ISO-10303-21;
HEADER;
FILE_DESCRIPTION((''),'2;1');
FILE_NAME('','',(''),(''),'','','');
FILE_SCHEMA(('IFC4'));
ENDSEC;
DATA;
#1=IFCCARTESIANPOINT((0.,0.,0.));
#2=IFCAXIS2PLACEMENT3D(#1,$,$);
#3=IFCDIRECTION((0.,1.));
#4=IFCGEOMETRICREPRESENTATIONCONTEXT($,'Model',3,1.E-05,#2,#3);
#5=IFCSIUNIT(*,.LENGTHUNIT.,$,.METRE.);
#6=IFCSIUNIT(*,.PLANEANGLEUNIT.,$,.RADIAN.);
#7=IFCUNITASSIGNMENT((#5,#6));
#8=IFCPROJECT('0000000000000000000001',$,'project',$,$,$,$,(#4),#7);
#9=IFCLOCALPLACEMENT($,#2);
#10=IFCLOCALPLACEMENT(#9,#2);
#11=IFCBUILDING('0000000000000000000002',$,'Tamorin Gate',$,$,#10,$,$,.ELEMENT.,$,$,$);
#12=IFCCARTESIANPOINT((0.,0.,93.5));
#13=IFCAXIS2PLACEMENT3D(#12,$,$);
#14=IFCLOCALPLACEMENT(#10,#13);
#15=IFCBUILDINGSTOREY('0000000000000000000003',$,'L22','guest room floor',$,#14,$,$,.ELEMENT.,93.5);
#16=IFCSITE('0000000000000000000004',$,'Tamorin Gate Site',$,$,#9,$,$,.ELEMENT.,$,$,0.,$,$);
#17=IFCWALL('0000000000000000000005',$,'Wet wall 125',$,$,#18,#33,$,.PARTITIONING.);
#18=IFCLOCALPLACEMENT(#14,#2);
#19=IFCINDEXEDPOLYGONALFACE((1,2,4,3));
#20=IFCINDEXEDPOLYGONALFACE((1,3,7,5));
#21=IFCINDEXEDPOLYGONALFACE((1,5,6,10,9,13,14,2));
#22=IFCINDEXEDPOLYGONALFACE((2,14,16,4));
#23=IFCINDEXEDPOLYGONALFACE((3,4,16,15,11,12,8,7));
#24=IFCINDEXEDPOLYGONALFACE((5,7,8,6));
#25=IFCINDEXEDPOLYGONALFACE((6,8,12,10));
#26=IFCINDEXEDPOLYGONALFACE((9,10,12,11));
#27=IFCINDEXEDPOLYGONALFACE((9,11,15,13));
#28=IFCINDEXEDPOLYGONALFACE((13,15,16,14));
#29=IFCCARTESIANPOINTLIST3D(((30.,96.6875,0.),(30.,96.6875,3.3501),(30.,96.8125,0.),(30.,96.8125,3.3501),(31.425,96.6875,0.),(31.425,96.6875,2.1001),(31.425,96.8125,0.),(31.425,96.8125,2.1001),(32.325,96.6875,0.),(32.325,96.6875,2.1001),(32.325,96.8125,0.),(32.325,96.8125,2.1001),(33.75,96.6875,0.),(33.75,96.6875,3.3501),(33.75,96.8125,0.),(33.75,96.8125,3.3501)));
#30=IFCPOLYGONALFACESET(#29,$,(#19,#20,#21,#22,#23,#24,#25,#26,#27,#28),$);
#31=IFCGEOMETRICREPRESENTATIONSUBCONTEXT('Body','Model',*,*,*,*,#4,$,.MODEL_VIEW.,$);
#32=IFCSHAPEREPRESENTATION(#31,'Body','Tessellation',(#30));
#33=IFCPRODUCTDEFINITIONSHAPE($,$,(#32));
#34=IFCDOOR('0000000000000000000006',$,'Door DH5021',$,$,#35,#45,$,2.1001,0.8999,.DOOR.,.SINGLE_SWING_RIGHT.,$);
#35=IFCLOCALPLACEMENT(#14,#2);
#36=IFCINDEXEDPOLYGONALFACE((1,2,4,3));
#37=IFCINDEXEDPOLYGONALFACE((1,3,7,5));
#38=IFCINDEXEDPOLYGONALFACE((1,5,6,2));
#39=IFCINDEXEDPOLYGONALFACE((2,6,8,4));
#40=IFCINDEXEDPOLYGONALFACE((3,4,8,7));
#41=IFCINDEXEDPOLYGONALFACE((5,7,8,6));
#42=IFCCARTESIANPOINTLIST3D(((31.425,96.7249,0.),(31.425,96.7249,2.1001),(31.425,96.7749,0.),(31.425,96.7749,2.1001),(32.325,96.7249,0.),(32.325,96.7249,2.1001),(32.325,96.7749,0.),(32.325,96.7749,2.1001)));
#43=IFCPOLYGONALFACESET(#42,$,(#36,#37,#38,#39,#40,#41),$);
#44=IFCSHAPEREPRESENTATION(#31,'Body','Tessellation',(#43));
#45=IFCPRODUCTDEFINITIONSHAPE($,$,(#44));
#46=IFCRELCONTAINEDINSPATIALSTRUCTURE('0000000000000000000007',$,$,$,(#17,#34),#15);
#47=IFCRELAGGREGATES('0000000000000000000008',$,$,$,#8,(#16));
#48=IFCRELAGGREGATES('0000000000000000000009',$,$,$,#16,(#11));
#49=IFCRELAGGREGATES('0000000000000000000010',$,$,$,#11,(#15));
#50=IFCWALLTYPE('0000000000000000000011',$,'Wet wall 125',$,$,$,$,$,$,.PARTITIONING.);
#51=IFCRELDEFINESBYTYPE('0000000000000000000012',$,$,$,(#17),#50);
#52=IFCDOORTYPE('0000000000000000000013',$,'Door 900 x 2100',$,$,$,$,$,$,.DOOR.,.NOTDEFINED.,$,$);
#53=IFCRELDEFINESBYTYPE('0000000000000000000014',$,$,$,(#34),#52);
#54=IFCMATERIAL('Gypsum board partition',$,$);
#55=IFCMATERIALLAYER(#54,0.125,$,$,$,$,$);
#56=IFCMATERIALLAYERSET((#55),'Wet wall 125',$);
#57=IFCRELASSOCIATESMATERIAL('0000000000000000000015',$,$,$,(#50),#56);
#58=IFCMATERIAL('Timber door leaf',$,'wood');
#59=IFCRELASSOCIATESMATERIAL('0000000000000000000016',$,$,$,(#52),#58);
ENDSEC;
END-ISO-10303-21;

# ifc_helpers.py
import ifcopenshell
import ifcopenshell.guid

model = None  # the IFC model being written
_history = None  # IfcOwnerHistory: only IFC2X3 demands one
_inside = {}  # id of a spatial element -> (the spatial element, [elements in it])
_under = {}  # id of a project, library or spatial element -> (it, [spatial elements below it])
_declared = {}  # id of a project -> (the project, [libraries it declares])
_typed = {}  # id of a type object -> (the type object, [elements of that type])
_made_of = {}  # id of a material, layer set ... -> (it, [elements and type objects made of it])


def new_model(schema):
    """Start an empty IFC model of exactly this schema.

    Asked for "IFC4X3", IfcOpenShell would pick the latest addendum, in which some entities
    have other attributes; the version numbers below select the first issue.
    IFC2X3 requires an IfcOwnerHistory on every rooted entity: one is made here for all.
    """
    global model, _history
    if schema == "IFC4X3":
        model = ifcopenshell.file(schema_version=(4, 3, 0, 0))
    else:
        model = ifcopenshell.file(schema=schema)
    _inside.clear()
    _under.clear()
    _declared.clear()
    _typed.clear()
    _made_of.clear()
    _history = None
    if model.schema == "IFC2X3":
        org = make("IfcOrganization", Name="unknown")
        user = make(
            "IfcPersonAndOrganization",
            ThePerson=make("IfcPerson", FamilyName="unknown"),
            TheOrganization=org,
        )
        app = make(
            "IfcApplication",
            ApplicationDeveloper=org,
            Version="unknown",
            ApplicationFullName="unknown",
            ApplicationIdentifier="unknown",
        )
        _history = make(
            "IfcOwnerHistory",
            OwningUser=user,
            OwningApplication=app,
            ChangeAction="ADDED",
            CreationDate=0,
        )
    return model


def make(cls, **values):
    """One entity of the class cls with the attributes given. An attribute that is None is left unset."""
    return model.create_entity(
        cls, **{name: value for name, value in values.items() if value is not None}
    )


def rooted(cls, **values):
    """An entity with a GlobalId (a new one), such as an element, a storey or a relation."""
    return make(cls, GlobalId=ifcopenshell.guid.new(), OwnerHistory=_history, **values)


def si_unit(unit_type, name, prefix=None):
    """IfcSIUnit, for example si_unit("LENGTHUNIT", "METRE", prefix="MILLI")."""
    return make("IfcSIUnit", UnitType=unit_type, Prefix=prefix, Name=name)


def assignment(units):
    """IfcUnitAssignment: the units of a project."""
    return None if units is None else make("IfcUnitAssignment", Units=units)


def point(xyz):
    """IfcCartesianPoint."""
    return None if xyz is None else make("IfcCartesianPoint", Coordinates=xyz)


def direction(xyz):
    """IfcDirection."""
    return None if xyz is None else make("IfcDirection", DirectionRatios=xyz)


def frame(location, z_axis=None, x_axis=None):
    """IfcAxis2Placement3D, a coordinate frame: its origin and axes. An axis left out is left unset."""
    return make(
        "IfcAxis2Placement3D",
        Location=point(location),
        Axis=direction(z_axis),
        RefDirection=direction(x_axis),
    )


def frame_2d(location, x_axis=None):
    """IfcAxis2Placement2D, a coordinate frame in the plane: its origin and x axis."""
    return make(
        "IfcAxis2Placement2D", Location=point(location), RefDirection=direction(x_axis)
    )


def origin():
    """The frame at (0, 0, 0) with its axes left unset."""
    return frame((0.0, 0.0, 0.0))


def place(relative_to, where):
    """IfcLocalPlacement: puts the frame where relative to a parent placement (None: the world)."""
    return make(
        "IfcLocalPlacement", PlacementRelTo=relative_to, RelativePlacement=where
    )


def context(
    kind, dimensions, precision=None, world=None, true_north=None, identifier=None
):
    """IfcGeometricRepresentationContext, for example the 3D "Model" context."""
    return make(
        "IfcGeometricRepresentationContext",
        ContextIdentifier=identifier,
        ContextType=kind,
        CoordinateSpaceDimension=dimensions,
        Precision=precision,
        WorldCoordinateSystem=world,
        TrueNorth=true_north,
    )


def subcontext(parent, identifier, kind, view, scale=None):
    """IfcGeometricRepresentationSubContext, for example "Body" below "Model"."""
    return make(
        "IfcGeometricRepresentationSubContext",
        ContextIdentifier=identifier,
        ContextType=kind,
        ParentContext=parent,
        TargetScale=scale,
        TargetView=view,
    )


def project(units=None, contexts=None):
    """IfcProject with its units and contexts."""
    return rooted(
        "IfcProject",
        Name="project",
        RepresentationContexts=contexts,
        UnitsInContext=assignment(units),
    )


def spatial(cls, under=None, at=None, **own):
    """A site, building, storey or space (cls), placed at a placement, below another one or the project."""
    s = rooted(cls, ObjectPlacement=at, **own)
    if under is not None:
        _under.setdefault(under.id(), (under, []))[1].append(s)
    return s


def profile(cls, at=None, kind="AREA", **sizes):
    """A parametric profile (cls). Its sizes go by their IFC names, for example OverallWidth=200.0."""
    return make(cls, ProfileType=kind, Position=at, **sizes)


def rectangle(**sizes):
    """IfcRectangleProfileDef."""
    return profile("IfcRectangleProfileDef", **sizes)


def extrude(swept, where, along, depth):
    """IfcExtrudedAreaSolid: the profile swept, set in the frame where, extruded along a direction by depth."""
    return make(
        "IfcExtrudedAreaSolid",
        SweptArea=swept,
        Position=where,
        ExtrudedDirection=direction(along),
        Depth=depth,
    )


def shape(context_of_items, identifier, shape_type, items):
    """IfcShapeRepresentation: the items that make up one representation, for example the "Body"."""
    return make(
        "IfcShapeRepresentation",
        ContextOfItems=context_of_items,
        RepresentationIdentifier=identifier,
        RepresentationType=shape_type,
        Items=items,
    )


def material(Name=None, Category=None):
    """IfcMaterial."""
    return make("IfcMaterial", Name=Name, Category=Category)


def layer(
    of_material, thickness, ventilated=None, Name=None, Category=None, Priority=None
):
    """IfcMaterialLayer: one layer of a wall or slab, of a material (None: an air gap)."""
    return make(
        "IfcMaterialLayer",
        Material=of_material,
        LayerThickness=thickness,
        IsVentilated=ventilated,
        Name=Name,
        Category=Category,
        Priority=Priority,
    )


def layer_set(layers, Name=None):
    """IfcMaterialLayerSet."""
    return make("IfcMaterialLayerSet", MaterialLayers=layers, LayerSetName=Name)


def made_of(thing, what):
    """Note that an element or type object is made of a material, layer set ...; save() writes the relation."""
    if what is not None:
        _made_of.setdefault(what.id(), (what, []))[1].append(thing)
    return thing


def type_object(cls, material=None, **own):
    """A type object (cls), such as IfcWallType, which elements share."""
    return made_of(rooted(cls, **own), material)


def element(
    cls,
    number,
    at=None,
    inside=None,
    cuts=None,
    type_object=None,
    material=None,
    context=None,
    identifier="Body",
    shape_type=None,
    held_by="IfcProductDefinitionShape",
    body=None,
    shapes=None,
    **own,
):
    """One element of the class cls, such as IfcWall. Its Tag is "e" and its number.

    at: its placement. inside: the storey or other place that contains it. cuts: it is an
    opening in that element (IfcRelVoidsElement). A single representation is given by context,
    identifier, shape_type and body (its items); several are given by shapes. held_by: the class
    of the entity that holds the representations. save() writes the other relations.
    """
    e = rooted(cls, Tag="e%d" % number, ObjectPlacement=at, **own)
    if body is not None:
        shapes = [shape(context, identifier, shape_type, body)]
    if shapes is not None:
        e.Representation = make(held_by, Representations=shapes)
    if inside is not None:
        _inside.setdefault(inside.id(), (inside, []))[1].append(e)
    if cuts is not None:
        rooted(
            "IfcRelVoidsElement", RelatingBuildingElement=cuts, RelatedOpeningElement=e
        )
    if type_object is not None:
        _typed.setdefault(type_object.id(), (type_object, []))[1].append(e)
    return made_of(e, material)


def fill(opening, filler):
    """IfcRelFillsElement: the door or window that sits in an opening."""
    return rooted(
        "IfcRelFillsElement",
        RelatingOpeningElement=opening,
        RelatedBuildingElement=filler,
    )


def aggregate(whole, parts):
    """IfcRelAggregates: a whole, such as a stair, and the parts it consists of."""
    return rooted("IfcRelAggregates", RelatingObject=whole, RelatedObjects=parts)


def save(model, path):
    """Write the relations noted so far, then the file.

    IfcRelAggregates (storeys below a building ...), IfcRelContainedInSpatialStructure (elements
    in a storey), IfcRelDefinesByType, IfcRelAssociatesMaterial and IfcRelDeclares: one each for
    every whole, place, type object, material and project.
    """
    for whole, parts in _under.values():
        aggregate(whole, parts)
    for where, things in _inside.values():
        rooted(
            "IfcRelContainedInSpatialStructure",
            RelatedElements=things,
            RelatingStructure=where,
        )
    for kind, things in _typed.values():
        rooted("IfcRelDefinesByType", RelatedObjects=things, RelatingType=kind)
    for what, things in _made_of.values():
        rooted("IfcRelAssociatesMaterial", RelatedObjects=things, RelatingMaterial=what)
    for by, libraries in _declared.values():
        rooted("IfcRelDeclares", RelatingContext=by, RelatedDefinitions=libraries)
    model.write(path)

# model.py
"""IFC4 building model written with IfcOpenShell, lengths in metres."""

from ifc_helpers import new_model, si_unit, direction, frame, frame_2d, origin, place, context, subcontext, project, spatial, rectangle, extrude, material, layer, layer_set, type_object, element, fill, save


model = new_model("IFC4")

# Units and contexts
model_context = context("Model", 3, precision=1e-05, world=origin(), true_north=direction((0.0, 1.0)))
body_context = subcontext(model_context, "Body", "Model", "MODEL_VIEW")
ifc_project = project(units=[si_unit("LENGTHUNIT", "METRE"), si_unit("PLANEANGLEUNIT", "RADIAN")], contexts=[model_context])

# Site, building, storey
site_placement = place(None, origin())
site = spatial("IfcSite", under=ifc_project, at=site_placement, Name="Tamorin Gate Site", CompositionType="ELEMENT", RefElevation=0.0)
building_placement = place(site_placement, origin())
building = spatial("IfcBuilding", under=site, at=building_placement, Name="Tamorin Gate", CompositionType="ELEMENT")
storey_placement = place(building_placement, frame((0.0, 0.0, 93.5)))
storey = spatial("IfcBuildingStorey", under=building, at=storey_placement, Name="L22", Description="guest room floor", CompositionType="ELEMENT", Elevation=93.5)

# Shared definitions
ifc_material_1 = material(Name="Gypsum board partition")
ifc_material_2 = material(Name="Timber door leaf", Category="wood")

# Wall, opening, door
ifc_layer_1 = layer(ifc_material_1, 0.125)
ifc_layer_set_1 = layer_set([ifc_layer_1], Name="Wet wall 125")
wall_type_1 = type_object("IfcWallType", Name="Wet wall 125", PredefinedType="PARTITIONING", material=ifc_layer_set_1)
wall_1_placement = place(storey_placement, frame((30.0, 96.75, 0.0), z_axis=(0.0, 0.0, 1.0), x_axis=(1.0, 0.0, 0.0)))
wall_1 = element("IfcWall", 1, at=wall_1_placement, inside=storey, type_object=wall_type_1, Name="Wet wall 125", PredefinedType="PARTITIONING", context=body_context, shape_type="SweptSolid", body=[
    extrude(rectangle(XDim=3.75, YDim=0.125, at=frame_2d((1.875, 0.0))), origin(), (0.0, 0.0, 1.0), 3.3501),
])
opening_1_placement = place(wall_1_placement, frame((1.425, 0.0, 0.0)))
opening_1 = element("IfcOpeningElement", 2, at=opening_1_placement, cuts=wall_1, PredefinedType="OPENING", context=body_context, shape_type="SweptSolid", body=[
    extrude(rectangle(XDim=0.8999, YDim=2.1001, at=frame_2d((0.45, 1.05))), frame((0.0, 0.0725, 0.0), z_axis=(0.0, -1.0, 0.0), x_axis=(1.0, 0.0, 0.0)), (0.0, 0.0, 1.0), 0.145),
])
door_type_1 = type_object("IfcDoorType", Name="Door 900 x 2100", OperationType="NOTDEFINED", PredefinedType="DOOR", material=ifc_material_2)
door_1_placement = place(opening_1_placement, origin())
door_1 = element("IfcDoor", 3, at=door_1_placement, inside=storey, type_object=door_type_1, Name="Door DH5021", OperationType="SINGLE_SWING_RIGHT", OverallHeight=2.1001, OverallWidth=0.8999, PredefinedType="DOOR", context=body_context, shape_type="SweptSolid", body=[
    extrude(rectangle(XDim=0.8999, YDim=2.1001, at=frame_2d((0.45, 1.05))), frame((0.0, 0.0249, 0.0), z_axis=(0.0, -1.0, 0.0), x_axis=(1.0, 0.0, 0.0)), (0.0, 0.0, 1.0), 0.05),
])
fill(opening_1, door_1)

save(model, "model.ifc")
